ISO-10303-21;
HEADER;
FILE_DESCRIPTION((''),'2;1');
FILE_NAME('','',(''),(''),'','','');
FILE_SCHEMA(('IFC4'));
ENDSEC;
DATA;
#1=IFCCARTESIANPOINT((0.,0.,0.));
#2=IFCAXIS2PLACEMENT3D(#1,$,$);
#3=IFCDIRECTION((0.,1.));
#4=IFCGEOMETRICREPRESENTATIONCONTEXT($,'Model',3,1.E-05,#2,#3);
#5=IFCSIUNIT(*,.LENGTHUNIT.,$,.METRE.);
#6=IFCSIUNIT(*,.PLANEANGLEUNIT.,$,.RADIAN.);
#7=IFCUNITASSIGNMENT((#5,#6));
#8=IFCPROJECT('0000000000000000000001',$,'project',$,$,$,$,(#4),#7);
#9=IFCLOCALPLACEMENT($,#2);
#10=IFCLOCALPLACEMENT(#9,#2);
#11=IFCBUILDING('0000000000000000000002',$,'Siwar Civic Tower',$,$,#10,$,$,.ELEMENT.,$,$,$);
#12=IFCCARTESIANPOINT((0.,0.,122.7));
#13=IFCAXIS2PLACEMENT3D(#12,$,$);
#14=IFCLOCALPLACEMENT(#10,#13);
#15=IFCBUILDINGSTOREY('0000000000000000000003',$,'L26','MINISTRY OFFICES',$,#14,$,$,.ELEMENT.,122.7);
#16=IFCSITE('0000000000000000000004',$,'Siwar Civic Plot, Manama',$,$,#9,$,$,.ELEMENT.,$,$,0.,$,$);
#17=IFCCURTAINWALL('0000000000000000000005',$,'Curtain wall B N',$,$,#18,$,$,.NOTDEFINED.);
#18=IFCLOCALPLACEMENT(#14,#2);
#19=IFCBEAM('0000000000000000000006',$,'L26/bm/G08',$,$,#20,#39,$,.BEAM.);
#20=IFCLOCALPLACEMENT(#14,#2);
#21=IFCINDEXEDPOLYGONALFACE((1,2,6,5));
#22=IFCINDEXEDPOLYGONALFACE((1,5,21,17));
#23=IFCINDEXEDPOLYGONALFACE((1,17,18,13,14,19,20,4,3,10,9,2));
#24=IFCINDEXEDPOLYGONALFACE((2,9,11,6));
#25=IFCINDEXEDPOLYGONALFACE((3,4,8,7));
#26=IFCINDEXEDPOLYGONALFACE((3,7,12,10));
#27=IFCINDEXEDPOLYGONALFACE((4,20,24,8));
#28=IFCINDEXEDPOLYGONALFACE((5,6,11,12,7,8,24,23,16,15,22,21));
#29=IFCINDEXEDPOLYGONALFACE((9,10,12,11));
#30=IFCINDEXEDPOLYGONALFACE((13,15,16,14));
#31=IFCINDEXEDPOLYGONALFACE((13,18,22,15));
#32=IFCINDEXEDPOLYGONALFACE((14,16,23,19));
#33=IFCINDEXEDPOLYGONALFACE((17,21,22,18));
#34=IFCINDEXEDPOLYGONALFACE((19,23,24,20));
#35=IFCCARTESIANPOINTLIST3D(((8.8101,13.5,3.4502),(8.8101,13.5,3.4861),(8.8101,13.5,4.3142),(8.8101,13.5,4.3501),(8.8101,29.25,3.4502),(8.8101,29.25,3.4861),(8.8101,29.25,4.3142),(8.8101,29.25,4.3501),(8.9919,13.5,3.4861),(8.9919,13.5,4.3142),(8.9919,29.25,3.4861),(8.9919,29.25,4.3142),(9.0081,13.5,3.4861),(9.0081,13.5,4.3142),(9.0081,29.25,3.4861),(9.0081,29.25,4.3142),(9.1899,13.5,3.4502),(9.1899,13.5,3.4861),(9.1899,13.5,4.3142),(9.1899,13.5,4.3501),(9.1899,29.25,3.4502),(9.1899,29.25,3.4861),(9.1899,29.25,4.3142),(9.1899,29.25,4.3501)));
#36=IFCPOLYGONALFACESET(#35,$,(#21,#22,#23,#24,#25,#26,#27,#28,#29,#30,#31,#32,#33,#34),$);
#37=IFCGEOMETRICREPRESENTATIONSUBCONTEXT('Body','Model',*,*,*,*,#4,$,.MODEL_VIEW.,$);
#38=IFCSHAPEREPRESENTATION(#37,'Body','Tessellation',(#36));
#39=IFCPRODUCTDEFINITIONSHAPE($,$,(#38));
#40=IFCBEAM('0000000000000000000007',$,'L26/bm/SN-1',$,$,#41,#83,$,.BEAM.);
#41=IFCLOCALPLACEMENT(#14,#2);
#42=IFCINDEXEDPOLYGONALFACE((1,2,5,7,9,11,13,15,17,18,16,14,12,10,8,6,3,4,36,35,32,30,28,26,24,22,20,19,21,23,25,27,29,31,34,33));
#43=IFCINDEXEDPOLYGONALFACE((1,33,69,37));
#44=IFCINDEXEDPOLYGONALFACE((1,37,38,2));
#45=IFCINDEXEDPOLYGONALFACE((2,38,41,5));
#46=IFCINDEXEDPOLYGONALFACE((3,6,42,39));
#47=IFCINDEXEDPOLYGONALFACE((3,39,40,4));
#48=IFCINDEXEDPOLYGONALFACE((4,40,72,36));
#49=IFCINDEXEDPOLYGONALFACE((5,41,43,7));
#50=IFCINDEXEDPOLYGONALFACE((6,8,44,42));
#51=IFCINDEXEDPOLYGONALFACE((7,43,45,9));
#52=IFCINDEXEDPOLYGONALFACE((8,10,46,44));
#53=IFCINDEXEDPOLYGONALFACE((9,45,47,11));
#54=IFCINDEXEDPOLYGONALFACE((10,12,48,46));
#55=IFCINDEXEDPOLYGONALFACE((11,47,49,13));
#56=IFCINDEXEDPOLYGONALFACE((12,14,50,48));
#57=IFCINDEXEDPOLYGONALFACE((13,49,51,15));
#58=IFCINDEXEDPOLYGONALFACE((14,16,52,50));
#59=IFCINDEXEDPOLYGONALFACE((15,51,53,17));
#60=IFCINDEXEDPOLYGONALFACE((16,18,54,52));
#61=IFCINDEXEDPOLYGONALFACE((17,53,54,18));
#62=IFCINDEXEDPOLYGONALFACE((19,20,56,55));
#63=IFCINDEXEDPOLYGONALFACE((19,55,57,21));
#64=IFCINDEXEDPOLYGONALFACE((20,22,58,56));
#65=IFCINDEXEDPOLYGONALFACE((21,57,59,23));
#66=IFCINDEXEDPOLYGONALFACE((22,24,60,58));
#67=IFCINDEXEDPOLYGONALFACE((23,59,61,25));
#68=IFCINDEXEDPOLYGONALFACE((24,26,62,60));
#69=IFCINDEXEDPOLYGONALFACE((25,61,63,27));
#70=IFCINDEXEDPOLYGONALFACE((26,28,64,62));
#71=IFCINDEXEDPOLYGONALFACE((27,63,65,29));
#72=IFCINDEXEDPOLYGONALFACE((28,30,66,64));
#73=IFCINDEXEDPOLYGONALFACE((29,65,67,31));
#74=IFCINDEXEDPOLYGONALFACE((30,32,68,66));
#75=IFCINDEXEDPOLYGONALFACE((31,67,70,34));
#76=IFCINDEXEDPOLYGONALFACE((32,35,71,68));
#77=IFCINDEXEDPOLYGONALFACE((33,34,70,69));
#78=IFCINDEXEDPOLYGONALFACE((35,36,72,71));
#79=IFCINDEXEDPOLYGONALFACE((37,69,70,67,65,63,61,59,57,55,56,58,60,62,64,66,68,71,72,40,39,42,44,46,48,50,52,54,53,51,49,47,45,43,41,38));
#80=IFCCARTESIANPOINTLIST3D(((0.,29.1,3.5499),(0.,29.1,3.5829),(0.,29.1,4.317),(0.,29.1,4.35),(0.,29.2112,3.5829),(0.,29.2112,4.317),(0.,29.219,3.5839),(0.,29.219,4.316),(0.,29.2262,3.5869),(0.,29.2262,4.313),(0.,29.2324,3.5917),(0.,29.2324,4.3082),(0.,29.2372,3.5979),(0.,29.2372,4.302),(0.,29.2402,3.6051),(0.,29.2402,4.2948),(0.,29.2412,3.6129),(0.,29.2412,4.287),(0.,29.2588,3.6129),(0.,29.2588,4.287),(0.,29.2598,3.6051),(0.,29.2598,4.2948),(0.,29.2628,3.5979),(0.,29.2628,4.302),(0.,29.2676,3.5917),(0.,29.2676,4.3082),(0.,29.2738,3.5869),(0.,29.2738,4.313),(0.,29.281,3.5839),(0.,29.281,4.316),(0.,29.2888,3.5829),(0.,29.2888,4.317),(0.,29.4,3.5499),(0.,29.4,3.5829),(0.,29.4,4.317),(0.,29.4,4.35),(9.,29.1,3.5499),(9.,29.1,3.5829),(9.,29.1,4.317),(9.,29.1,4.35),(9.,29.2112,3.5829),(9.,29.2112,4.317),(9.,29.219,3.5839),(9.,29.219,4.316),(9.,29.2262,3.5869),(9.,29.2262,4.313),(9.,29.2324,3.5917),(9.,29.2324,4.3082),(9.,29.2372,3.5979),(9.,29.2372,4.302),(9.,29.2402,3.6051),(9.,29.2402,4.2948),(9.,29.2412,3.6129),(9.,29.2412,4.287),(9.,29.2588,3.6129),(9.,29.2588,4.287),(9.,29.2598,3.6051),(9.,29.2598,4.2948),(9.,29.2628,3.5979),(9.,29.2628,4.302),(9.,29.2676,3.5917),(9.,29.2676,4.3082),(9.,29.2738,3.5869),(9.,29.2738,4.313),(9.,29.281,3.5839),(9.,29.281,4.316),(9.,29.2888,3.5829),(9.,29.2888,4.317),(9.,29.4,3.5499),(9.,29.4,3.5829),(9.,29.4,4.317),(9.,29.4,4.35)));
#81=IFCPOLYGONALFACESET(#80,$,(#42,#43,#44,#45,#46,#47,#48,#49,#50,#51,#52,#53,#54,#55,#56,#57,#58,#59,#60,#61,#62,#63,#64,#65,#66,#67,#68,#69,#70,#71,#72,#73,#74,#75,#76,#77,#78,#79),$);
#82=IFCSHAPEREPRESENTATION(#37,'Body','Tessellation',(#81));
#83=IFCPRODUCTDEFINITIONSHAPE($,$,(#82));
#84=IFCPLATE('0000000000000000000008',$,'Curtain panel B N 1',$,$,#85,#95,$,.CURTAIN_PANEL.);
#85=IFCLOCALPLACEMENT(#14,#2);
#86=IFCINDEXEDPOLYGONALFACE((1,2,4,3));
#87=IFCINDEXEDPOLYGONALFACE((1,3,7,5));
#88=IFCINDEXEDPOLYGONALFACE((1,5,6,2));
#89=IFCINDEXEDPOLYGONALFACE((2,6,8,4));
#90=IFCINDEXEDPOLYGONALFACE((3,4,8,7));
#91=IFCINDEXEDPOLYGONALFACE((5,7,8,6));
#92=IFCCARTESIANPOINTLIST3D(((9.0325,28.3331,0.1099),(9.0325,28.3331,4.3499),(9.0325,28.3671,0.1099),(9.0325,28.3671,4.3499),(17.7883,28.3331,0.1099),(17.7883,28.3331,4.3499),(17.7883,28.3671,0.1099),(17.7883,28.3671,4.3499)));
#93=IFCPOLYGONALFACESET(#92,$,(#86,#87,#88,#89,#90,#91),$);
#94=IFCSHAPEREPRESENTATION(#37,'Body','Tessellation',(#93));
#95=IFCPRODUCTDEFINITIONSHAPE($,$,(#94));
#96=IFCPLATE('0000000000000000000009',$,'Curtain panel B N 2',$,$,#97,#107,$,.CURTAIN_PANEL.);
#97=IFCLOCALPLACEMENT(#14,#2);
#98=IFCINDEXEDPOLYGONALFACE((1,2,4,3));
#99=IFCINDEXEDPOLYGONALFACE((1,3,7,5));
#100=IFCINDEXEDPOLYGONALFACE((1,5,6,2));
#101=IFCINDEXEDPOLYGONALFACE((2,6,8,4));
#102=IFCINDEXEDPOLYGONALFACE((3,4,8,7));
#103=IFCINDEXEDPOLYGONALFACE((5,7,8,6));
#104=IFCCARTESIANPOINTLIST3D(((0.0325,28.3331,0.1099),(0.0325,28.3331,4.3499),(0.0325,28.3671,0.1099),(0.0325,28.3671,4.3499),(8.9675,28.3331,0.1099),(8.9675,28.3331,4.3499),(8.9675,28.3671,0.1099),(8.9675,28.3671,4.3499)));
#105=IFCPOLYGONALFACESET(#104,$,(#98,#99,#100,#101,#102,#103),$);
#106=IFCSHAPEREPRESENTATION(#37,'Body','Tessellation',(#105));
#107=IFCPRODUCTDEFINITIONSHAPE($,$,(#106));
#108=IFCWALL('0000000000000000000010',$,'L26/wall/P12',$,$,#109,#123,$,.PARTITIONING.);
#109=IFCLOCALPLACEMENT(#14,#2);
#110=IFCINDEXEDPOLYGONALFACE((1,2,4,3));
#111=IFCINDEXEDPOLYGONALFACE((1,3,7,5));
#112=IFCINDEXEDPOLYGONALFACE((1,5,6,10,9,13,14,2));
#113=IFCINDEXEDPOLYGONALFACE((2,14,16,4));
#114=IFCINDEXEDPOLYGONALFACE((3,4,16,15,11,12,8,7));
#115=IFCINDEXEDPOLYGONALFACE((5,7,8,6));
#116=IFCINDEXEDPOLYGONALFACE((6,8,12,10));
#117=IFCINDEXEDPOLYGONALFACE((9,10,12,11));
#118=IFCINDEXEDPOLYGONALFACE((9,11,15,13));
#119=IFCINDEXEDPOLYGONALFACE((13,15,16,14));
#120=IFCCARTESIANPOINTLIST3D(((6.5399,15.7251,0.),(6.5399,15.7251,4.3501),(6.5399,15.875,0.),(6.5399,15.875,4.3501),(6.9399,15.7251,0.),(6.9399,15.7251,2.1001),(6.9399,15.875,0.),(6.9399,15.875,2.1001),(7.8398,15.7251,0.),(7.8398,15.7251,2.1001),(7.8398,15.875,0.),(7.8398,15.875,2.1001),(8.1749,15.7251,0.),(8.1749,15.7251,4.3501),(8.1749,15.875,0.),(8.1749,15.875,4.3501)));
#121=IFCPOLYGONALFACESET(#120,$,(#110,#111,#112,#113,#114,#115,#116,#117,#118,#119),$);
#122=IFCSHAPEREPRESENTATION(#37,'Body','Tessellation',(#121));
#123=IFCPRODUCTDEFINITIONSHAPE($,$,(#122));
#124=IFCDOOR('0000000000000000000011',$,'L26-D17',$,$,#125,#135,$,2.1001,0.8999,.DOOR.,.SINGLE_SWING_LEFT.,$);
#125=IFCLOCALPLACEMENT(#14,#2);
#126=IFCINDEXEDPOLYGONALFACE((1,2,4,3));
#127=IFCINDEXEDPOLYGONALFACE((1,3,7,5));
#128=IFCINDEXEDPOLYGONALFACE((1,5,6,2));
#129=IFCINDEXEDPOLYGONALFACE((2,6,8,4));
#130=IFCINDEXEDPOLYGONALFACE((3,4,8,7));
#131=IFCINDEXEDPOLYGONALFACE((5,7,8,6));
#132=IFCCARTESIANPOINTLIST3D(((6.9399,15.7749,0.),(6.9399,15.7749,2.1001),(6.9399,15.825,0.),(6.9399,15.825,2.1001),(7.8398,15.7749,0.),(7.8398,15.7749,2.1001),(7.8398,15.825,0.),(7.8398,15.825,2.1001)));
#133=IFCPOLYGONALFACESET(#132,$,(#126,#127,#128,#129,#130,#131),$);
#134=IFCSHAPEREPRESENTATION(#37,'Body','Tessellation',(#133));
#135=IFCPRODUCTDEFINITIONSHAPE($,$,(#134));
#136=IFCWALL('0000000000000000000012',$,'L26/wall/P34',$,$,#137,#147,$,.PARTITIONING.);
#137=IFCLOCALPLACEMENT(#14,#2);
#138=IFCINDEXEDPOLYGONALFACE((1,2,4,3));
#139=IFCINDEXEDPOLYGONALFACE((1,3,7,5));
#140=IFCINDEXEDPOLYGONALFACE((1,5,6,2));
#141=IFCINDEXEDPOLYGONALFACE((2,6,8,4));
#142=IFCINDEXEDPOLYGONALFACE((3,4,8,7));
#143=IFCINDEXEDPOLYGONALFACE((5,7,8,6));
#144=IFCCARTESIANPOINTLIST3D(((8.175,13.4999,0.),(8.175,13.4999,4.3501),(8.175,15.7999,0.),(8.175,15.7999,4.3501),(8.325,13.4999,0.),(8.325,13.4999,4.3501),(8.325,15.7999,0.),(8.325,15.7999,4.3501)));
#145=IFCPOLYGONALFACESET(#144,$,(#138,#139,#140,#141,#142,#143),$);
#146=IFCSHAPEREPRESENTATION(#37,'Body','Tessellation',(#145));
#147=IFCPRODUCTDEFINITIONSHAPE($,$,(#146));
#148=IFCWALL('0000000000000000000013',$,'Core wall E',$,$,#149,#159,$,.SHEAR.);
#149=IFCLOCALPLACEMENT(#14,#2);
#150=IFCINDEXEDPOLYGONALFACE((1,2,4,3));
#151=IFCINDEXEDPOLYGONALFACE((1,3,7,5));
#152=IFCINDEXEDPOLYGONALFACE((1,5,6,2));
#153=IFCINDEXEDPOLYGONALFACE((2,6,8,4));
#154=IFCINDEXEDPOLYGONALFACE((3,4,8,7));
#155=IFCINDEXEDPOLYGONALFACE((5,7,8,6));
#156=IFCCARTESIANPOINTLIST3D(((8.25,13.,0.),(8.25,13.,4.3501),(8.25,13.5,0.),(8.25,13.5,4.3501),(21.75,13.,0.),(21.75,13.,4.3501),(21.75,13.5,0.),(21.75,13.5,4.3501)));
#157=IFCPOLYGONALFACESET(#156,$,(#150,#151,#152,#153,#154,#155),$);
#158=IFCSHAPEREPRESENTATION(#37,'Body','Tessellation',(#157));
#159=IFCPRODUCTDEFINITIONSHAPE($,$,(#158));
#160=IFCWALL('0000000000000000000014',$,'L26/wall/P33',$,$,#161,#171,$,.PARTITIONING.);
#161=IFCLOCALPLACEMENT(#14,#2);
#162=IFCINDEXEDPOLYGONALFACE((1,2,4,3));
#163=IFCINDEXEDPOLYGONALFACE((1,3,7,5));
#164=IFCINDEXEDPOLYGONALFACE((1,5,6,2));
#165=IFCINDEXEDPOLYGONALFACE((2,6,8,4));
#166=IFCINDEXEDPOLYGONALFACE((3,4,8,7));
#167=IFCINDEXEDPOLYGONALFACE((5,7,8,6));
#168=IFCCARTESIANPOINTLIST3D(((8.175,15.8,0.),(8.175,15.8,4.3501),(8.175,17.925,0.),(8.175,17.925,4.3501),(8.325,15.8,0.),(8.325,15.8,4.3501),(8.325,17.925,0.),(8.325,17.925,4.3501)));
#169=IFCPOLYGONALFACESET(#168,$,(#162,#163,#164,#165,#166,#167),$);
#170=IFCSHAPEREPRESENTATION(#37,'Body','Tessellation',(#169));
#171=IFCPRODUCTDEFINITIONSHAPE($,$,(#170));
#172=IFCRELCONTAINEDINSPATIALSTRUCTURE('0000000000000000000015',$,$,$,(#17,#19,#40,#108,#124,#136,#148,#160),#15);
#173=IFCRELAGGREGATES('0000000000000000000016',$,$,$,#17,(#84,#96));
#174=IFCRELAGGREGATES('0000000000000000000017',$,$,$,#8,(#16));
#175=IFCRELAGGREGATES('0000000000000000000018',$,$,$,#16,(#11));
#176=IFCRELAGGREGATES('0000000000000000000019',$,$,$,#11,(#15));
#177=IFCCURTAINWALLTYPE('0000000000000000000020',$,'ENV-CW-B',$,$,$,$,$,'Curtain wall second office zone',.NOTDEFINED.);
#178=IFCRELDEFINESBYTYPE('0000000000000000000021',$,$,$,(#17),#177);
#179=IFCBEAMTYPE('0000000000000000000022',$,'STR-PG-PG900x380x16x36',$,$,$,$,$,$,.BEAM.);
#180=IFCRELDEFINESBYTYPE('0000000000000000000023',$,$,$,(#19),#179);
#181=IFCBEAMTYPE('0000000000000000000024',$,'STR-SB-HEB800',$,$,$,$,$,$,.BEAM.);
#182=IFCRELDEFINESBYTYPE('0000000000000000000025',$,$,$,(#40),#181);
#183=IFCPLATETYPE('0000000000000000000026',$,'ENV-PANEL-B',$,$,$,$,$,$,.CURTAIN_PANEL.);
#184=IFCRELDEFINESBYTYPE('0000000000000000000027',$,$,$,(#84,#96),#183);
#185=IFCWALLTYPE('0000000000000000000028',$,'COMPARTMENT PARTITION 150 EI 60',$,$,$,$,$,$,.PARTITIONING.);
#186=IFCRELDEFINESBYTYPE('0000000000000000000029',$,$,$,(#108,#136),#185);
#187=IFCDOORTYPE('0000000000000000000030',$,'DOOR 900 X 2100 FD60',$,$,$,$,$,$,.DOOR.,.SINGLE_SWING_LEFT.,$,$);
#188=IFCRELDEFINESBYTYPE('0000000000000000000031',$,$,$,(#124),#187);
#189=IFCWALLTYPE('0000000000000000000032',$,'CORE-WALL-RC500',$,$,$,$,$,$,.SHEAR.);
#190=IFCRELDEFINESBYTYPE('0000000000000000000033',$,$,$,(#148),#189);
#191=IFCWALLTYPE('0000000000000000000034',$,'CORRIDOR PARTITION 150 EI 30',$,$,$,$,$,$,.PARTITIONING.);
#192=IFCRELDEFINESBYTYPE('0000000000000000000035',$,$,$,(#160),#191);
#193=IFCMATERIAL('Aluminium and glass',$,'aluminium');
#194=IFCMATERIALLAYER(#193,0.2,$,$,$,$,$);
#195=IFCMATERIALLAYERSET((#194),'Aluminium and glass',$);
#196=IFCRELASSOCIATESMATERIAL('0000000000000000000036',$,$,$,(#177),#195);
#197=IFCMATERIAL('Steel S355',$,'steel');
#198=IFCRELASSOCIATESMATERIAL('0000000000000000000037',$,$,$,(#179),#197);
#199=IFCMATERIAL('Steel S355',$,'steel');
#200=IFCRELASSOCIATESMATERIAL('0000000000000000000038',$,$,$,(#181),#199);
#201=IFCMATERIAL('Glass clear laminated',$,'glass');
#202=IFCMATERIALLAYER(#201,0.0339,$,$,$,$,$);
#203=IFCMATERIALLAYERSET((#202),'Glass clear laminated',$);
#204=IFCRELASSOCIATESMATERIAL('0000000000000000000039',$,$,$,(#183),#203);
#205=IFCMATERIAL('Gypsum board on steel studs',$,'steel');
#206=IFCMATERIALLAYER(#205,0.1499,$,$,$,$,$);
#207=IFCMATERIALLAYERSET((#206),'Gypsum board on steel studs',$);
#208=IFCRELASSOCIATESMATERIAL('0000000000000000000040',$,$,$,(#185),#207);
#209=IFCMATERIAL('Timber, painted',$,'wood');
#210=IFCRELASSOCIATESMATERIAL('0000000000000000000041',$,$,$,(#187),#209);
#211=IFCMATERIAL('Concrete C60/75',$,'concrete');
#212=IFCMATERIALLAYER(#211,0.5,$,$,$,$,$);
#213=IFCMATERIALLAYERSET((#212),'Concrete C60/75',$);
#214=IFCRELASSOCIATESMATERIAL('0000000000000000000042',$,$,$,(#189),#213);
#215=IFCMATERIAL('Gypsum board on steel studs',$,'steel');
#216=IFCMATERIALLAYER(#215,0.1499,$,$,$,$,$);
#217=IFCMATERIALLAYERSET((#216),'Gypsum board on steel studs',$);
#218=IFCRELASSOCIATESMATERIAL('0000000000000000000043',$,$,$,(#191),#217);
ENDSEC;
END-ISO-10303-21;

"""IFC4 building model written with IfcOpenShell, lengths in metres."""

from ifc_helpers import new_model, si_unit, direction, frame, frame_2d, origin, origin_2d, place, context, subcontext, project, spatial, rectangle, i_section, extrude, material, layer, layer_set, material_profile, profile_set, type_object, element, fill, aggregate, save


model = new_model("IFC4")

# Units and contexts
model_context = context("Model", 3, precision=1e-05, world=origin(), true_north=direction((0.0, 1.0)))
body_context = subcontext(model_context, "Body", "Model", "MODEL_VIEW")
ifc_project = project(units=[si_unit("LENGTHUNIT", "METRE"), si_unit("PLANEANGLEUNIT", "RADIAN")], contexts=[model_context])

# Site, building, storey
site_placement = place(None, origin())
site = spatial("IfcSite", under=ifc_project, at=site_placement, Name="Siwar Civic Plot, Manama", CompositionType="ELEMENT", RefElevation=0.0)
building_placement = place(site_placement, origin())
building = spatial("IfcBuilding", under=site, at=building_placement, Name="Siwar Civic Tower", CompositionType="ELEMENT")
storey_placement = place(building_placement, frame((0.0, 0.0, 122.7)))
storey = spatial("IfcBuildingStorey", under=building, at=storey_placement, Name="L26", Description="MINISTRY OFFICES", CompositionType="ELEMENT", Elevation=122.7)

# Curtain wall
ifc_material_1 = material(Name="Aluminium and glass", Category="aluminium")
ifc_layer_1 = layer(ifc_material_1, 0.2)
ifc_layer_set_1 = layer_set([ifc_layer_1], Name="Aluminium and glass")
curtain_wall_type = type_object("IfcCurtainWallType", Name="ENV-CW-B", ElementType="Curtain wall second office zone", PredefinedType="NOTDEFINED", material=ifc_layer_set_1)
curtain_wall_placement = place(storey_placement, origin())
curtain_wall = element("IfcCurtainWall", 1, at=curtain_wall_placement, inside=storey, type_object=curtain_wall_type, Name="Curtain wall B N", PredefinedType="NOTDEFINED")

# Beams
ifc_material_2 = material(Name="Steel S355", Category="steel")
ifc_material_profile_1 = material_profile(ifc_material_2, i_section(OverallWidth=0.3799, OverallDepth=0.8999, WebThickness=0.0161, FlangeThickness=0.0359, at=origin_2d()), Name="PG900x380x16x36")
ifc_profile_set_1 = profile_set([ifc_material_profile_1], Name="Steel S355")
beam_type_1 = type_object("IfcBeamType", Name="STR-PG-PG900x380x16x36", PredefinedType="BEAM", material=ifc_profile_set_1)
beam_1_placement = place(storey_placement, frame((9.0, 13.5, 3.9001), z_axis=(0.0, 1.0, 0.0), x_axis=(-1.0, 0.0, 0.0)))
element("IfcBeam", 2, at=beam_1_placement, inside=storey, type_object=beam_type_1, Name="L26/bm/G08", PredefinedType="BEAM", context=body_context, shape_type="SweptSolid", body=[
    extrude(i_section(OverallWidth=0.3799, OverallDepth=0.8999, WebThickness=0.0161, FlangeThickness=0.0359, at=origin_2d()), origin(), (0.0, 0.0, 1.0), 15.75),
])
ifc_material_3 = material(Name="Steel S355", Category="steel")
ifc_material_profile_2 = material_profile(ifc_material_3, i_section(OverallWidth=0.3, OverallDepth=0.8, WebThickness=0.0176, FlangeThickness=0.033, FilletRadius=0.03, at=origin_2d()), Name="HEB800")
ifc_profile_set_2 = profile_set([ifc_material_profile_2], Name="Steel S355")
beam_type_2 = type_object("IfcBeamType", Name="STR-SB-HEB800", PredefinedType="BEAM", material=ifc_profile_set_2)
beam_2_placement = place(storey_placement, frame((9.0, 29.25, 3.95), z_axis=(-1.0, 0.0, 0.0), x_axis=(0.0, -1.0, 0.0)))
element("IfcBeam", 3, at=beam_2_placement, inside=storey, type_object=beam_type_2, Name="L26/bm/SN-1", PredefinedType="BEAM", context=body_context, shape_type="SweptSolid", body=[
    extrude(i_section(OverallWidth=0.3, OverallDepth=0.8, WebThickness=0.0176, FlangeThickness=0.033, FilletRadius=0.03, at=origin_2d()), origin(), (0.0, 0.0, 1.0), 9.0),
])

# Plates
ifc_material_4 = material(Name="Glass clear laminated", Category="glass")
ifc_layer_2 = layer(ifc_material_4, 0.0339)
ifc_layer_set_2 = layer_set([ifc_layer_2], Name="Glass clear laminated")
plate_type = type_object("IfcPlateType", Name="ENV-PANEL-B", PredefinedType="CURTAIN_PANEL", material=ifc_layer_set_2)
plate_1_placement = place(storey_placement, frame((13.4104, 28.3501, 0.1099), z_axis=(0.0, 0.0, 1.0), x_axis=(-1.0, 0.0, 0.0)))
plate_1 = element("IfcPlate", 4, at=plate_1_placement, type_object=plate_type, Name="Curtain panel B N 1", PredefinedType="CURTAIN_PANEL", context=body_context, shape_type="SweptSolid", body=[
    extrude(rectangle(XDim=8.7559, YDim=0.0339, at=origin_2d()), origin(), (0.0, 0.0, 1.0), 4.24),
])
plate_2_placement = place(storey_placement, frame((4.5, 28.3501, 0.1099), z_axis=(0.0, 0.0, 1.0), x_axis=(-1.0, 0.0, 0.0)))
plate_2 = element("IfcPlate", 5, at=plate_2_placement, type_object=plate_type, Name="Curtain panel B N 2", PredefinedType="CURTAIN_PANEL", context=body_context, shape_type="SweptSolid", body=[
    extrude(rectangle(XDim=8.9351, YDim=0.0339, at=origin_2d()), origin(), (0.0, 0.0, 1.0), 4.24),
])
aggregate(curtain_wall, [plate_1, plate_2])

# Wall, opening, door
ifc_material_5 = material(Name="Gypsum board on steel studs", Category="steel")
ifc_layer_3 = layer(ifc_material_5, 0.1499)
ifc_layer_set_3 = layer_set([ifc_layer_3], Name="Gypsum board on steel studs")
wall_type_1 = type_object("IfcWallType", Name="COMPARTMENT PARTITION 150 EI 60", PredefinedType="PARTITIONING", material=ifc_layer_set_3)
wall_1_placement = place(storey_placement, frame((6.54, 15.8, 0.0), z_axis=(0.0, 0.0, 1.0), x_axis=(1.0, 0.0, 0.0)))
wall_1 = element("IfcWall", 6, at=wall_1_placement, inside=storey, type_object=wall_type_1, Name="L26/wall/P12", PredefinedType="PARTITIONING", context=body_context, shape_type="SweptSolid", body=[
    extrude(rectangle(XDim=1.635, YDim=0.1499, at=frame_2d((0.8174, 0.0))), origin(), (0.0, 0.0, 1.0), 4.3501),
])
opening_placement = place(wall_1_placement, frame((0.3999, 0.0, 0.0)))
opening = element("IfcOpeningElement", 7, at=opening_placement, cuts=wall_1, PredefinedType="OPENING", context=body_context, shape_type="SweptSolid", body=[
    extrude(rectangle(XDim=0.8999, YDim=2.1001, at=frame_2d((0.45, 1.05))), frame((0.0, 0.085, 0.0), z_axis=(0.0, -1.0, 0.0), x_axis=(1.0, 0.0, 0.0)), (0.0, 0.0, 1.0), 0.1699),
])
ifc_material_6 = material(Name="Timber, painted", Category="wood")
door_type = type_object("IfcDoorType", Name="DOOR 900 X 2100 FD60", OperationType="SINGLE_SWING_LEFT", PredefinedType="DOOR", material=ifc_material_6)
door_placement = place(opening_placement, origin())
door = element("IfcDoor", 8, at=door_placement, inside=storey, type_object=door_type, Name="L26-D17", OperationType="SINGLE_SWING_LEFT", OverallHeight=2.1001, OverallWidth=0.8999, PredefinedType="DOOR", context=body_context, shape_type="SweptSolid", body=[
    extrude(rectangle(XDim=0.8999, YDim=2.1001, at=frame_2d((0.45, 1.05))), frame((0.0, 0.0249, 0.0), z_axis=(0.0, -1.0, 0.0), x_axis=(1.0, 0.0, 0.0)), (0.0, 0.0, 1.0), 0.05),
])
fill(opening, door)

# Walls
wall_2_placement = place(storey_placement, frame((8.25, 13.5, 0.0), z_axis=(0.0, 0.0, 1.0), x_axis=(0.0, 1.0, 0.0)))
element("IfcWall", 9, at=wall_2_placement, inside=storey, type_object=wall_type_1, Name="L26/wall/P34", PredefinedType="PARTITIONING", context=body_context, shape_type="SweptSolid", body=[
    extrude(rectangle(XDim=2.3, YDim=0.1499, at=frame_2d((1.1499, 0.0))), origin(), (0.0, 0.0, 1.0), 4.3501),
])
ifc_material_7 = material(Name="Concrete C60/75", Category="concrete")
ifc_layer_4 = layer(ifc_material_7, 0.5)
ifc_layer_set_4 = layer_set([ifc_layer_4], Name="Concrete C60/75")
wall_type_2 = type_object("IfcWallType", Name="CORE-WALL-RC500", PredefinedType="SHEAR", material=ifc_layer_set_4)
wall_3_placement = place(storey_placement, frame((8.25, 13.25, 0.0), z_axis=(0.0, 0.0, 1.0), x_axis=(1.0, 0.0, 0.0)))
element("IfcWall", 10, at=wall_3_placement, inside=storey, type_object=wall_type_2, Name="Core wall E", PredefinedType="SHEAR", context=body_context, shape_type="SweptSolid", body=[
    extrude(rectangle(XDim=13.5, YDim=0.5, at=frame_2d((6.75, 0.0))), origin(), (0.0, 0.0, 1.0), 4.3501),
])
ifc_material_8 = material(Name="Gypsum board on steel studs", Category="steel")
ifc_layer_5 = layer(ifc_material_8, 0.1499)
ifc_layer_set_5 = layer_set([ifc_layer_5], Name="Gypsum board on steel studs")
wall_type_3 = type_object("IfcWallType", Name="CORRIDOR PARTITION 150 EI 30", PredefinedType="PARTITIONING", material=ifc_layer_set_5)
wall_4_placement = place(storey_placement, frame((8.25, 15.8, 0.0), z_axis=(0.0, 0.0, 1.0), x_axis=(0.0, 1.0, 0.0)))
element("IfcWall", 11, at=wall_4_placement, inside=storey, type_object=wall_type_3, Name="L26/wall/P33", PredefinedType="PARTITIONING", context=body_context, shape_type="SweptSolid", body=[
    extrude(rectangle(XDim=2.125, YDim=0.1499, at=frame_2d((1.0625, 0.0))), origin(), (0.0, 0.0, 1.0), 4.3501),
])

save(model, "model.ifc")
